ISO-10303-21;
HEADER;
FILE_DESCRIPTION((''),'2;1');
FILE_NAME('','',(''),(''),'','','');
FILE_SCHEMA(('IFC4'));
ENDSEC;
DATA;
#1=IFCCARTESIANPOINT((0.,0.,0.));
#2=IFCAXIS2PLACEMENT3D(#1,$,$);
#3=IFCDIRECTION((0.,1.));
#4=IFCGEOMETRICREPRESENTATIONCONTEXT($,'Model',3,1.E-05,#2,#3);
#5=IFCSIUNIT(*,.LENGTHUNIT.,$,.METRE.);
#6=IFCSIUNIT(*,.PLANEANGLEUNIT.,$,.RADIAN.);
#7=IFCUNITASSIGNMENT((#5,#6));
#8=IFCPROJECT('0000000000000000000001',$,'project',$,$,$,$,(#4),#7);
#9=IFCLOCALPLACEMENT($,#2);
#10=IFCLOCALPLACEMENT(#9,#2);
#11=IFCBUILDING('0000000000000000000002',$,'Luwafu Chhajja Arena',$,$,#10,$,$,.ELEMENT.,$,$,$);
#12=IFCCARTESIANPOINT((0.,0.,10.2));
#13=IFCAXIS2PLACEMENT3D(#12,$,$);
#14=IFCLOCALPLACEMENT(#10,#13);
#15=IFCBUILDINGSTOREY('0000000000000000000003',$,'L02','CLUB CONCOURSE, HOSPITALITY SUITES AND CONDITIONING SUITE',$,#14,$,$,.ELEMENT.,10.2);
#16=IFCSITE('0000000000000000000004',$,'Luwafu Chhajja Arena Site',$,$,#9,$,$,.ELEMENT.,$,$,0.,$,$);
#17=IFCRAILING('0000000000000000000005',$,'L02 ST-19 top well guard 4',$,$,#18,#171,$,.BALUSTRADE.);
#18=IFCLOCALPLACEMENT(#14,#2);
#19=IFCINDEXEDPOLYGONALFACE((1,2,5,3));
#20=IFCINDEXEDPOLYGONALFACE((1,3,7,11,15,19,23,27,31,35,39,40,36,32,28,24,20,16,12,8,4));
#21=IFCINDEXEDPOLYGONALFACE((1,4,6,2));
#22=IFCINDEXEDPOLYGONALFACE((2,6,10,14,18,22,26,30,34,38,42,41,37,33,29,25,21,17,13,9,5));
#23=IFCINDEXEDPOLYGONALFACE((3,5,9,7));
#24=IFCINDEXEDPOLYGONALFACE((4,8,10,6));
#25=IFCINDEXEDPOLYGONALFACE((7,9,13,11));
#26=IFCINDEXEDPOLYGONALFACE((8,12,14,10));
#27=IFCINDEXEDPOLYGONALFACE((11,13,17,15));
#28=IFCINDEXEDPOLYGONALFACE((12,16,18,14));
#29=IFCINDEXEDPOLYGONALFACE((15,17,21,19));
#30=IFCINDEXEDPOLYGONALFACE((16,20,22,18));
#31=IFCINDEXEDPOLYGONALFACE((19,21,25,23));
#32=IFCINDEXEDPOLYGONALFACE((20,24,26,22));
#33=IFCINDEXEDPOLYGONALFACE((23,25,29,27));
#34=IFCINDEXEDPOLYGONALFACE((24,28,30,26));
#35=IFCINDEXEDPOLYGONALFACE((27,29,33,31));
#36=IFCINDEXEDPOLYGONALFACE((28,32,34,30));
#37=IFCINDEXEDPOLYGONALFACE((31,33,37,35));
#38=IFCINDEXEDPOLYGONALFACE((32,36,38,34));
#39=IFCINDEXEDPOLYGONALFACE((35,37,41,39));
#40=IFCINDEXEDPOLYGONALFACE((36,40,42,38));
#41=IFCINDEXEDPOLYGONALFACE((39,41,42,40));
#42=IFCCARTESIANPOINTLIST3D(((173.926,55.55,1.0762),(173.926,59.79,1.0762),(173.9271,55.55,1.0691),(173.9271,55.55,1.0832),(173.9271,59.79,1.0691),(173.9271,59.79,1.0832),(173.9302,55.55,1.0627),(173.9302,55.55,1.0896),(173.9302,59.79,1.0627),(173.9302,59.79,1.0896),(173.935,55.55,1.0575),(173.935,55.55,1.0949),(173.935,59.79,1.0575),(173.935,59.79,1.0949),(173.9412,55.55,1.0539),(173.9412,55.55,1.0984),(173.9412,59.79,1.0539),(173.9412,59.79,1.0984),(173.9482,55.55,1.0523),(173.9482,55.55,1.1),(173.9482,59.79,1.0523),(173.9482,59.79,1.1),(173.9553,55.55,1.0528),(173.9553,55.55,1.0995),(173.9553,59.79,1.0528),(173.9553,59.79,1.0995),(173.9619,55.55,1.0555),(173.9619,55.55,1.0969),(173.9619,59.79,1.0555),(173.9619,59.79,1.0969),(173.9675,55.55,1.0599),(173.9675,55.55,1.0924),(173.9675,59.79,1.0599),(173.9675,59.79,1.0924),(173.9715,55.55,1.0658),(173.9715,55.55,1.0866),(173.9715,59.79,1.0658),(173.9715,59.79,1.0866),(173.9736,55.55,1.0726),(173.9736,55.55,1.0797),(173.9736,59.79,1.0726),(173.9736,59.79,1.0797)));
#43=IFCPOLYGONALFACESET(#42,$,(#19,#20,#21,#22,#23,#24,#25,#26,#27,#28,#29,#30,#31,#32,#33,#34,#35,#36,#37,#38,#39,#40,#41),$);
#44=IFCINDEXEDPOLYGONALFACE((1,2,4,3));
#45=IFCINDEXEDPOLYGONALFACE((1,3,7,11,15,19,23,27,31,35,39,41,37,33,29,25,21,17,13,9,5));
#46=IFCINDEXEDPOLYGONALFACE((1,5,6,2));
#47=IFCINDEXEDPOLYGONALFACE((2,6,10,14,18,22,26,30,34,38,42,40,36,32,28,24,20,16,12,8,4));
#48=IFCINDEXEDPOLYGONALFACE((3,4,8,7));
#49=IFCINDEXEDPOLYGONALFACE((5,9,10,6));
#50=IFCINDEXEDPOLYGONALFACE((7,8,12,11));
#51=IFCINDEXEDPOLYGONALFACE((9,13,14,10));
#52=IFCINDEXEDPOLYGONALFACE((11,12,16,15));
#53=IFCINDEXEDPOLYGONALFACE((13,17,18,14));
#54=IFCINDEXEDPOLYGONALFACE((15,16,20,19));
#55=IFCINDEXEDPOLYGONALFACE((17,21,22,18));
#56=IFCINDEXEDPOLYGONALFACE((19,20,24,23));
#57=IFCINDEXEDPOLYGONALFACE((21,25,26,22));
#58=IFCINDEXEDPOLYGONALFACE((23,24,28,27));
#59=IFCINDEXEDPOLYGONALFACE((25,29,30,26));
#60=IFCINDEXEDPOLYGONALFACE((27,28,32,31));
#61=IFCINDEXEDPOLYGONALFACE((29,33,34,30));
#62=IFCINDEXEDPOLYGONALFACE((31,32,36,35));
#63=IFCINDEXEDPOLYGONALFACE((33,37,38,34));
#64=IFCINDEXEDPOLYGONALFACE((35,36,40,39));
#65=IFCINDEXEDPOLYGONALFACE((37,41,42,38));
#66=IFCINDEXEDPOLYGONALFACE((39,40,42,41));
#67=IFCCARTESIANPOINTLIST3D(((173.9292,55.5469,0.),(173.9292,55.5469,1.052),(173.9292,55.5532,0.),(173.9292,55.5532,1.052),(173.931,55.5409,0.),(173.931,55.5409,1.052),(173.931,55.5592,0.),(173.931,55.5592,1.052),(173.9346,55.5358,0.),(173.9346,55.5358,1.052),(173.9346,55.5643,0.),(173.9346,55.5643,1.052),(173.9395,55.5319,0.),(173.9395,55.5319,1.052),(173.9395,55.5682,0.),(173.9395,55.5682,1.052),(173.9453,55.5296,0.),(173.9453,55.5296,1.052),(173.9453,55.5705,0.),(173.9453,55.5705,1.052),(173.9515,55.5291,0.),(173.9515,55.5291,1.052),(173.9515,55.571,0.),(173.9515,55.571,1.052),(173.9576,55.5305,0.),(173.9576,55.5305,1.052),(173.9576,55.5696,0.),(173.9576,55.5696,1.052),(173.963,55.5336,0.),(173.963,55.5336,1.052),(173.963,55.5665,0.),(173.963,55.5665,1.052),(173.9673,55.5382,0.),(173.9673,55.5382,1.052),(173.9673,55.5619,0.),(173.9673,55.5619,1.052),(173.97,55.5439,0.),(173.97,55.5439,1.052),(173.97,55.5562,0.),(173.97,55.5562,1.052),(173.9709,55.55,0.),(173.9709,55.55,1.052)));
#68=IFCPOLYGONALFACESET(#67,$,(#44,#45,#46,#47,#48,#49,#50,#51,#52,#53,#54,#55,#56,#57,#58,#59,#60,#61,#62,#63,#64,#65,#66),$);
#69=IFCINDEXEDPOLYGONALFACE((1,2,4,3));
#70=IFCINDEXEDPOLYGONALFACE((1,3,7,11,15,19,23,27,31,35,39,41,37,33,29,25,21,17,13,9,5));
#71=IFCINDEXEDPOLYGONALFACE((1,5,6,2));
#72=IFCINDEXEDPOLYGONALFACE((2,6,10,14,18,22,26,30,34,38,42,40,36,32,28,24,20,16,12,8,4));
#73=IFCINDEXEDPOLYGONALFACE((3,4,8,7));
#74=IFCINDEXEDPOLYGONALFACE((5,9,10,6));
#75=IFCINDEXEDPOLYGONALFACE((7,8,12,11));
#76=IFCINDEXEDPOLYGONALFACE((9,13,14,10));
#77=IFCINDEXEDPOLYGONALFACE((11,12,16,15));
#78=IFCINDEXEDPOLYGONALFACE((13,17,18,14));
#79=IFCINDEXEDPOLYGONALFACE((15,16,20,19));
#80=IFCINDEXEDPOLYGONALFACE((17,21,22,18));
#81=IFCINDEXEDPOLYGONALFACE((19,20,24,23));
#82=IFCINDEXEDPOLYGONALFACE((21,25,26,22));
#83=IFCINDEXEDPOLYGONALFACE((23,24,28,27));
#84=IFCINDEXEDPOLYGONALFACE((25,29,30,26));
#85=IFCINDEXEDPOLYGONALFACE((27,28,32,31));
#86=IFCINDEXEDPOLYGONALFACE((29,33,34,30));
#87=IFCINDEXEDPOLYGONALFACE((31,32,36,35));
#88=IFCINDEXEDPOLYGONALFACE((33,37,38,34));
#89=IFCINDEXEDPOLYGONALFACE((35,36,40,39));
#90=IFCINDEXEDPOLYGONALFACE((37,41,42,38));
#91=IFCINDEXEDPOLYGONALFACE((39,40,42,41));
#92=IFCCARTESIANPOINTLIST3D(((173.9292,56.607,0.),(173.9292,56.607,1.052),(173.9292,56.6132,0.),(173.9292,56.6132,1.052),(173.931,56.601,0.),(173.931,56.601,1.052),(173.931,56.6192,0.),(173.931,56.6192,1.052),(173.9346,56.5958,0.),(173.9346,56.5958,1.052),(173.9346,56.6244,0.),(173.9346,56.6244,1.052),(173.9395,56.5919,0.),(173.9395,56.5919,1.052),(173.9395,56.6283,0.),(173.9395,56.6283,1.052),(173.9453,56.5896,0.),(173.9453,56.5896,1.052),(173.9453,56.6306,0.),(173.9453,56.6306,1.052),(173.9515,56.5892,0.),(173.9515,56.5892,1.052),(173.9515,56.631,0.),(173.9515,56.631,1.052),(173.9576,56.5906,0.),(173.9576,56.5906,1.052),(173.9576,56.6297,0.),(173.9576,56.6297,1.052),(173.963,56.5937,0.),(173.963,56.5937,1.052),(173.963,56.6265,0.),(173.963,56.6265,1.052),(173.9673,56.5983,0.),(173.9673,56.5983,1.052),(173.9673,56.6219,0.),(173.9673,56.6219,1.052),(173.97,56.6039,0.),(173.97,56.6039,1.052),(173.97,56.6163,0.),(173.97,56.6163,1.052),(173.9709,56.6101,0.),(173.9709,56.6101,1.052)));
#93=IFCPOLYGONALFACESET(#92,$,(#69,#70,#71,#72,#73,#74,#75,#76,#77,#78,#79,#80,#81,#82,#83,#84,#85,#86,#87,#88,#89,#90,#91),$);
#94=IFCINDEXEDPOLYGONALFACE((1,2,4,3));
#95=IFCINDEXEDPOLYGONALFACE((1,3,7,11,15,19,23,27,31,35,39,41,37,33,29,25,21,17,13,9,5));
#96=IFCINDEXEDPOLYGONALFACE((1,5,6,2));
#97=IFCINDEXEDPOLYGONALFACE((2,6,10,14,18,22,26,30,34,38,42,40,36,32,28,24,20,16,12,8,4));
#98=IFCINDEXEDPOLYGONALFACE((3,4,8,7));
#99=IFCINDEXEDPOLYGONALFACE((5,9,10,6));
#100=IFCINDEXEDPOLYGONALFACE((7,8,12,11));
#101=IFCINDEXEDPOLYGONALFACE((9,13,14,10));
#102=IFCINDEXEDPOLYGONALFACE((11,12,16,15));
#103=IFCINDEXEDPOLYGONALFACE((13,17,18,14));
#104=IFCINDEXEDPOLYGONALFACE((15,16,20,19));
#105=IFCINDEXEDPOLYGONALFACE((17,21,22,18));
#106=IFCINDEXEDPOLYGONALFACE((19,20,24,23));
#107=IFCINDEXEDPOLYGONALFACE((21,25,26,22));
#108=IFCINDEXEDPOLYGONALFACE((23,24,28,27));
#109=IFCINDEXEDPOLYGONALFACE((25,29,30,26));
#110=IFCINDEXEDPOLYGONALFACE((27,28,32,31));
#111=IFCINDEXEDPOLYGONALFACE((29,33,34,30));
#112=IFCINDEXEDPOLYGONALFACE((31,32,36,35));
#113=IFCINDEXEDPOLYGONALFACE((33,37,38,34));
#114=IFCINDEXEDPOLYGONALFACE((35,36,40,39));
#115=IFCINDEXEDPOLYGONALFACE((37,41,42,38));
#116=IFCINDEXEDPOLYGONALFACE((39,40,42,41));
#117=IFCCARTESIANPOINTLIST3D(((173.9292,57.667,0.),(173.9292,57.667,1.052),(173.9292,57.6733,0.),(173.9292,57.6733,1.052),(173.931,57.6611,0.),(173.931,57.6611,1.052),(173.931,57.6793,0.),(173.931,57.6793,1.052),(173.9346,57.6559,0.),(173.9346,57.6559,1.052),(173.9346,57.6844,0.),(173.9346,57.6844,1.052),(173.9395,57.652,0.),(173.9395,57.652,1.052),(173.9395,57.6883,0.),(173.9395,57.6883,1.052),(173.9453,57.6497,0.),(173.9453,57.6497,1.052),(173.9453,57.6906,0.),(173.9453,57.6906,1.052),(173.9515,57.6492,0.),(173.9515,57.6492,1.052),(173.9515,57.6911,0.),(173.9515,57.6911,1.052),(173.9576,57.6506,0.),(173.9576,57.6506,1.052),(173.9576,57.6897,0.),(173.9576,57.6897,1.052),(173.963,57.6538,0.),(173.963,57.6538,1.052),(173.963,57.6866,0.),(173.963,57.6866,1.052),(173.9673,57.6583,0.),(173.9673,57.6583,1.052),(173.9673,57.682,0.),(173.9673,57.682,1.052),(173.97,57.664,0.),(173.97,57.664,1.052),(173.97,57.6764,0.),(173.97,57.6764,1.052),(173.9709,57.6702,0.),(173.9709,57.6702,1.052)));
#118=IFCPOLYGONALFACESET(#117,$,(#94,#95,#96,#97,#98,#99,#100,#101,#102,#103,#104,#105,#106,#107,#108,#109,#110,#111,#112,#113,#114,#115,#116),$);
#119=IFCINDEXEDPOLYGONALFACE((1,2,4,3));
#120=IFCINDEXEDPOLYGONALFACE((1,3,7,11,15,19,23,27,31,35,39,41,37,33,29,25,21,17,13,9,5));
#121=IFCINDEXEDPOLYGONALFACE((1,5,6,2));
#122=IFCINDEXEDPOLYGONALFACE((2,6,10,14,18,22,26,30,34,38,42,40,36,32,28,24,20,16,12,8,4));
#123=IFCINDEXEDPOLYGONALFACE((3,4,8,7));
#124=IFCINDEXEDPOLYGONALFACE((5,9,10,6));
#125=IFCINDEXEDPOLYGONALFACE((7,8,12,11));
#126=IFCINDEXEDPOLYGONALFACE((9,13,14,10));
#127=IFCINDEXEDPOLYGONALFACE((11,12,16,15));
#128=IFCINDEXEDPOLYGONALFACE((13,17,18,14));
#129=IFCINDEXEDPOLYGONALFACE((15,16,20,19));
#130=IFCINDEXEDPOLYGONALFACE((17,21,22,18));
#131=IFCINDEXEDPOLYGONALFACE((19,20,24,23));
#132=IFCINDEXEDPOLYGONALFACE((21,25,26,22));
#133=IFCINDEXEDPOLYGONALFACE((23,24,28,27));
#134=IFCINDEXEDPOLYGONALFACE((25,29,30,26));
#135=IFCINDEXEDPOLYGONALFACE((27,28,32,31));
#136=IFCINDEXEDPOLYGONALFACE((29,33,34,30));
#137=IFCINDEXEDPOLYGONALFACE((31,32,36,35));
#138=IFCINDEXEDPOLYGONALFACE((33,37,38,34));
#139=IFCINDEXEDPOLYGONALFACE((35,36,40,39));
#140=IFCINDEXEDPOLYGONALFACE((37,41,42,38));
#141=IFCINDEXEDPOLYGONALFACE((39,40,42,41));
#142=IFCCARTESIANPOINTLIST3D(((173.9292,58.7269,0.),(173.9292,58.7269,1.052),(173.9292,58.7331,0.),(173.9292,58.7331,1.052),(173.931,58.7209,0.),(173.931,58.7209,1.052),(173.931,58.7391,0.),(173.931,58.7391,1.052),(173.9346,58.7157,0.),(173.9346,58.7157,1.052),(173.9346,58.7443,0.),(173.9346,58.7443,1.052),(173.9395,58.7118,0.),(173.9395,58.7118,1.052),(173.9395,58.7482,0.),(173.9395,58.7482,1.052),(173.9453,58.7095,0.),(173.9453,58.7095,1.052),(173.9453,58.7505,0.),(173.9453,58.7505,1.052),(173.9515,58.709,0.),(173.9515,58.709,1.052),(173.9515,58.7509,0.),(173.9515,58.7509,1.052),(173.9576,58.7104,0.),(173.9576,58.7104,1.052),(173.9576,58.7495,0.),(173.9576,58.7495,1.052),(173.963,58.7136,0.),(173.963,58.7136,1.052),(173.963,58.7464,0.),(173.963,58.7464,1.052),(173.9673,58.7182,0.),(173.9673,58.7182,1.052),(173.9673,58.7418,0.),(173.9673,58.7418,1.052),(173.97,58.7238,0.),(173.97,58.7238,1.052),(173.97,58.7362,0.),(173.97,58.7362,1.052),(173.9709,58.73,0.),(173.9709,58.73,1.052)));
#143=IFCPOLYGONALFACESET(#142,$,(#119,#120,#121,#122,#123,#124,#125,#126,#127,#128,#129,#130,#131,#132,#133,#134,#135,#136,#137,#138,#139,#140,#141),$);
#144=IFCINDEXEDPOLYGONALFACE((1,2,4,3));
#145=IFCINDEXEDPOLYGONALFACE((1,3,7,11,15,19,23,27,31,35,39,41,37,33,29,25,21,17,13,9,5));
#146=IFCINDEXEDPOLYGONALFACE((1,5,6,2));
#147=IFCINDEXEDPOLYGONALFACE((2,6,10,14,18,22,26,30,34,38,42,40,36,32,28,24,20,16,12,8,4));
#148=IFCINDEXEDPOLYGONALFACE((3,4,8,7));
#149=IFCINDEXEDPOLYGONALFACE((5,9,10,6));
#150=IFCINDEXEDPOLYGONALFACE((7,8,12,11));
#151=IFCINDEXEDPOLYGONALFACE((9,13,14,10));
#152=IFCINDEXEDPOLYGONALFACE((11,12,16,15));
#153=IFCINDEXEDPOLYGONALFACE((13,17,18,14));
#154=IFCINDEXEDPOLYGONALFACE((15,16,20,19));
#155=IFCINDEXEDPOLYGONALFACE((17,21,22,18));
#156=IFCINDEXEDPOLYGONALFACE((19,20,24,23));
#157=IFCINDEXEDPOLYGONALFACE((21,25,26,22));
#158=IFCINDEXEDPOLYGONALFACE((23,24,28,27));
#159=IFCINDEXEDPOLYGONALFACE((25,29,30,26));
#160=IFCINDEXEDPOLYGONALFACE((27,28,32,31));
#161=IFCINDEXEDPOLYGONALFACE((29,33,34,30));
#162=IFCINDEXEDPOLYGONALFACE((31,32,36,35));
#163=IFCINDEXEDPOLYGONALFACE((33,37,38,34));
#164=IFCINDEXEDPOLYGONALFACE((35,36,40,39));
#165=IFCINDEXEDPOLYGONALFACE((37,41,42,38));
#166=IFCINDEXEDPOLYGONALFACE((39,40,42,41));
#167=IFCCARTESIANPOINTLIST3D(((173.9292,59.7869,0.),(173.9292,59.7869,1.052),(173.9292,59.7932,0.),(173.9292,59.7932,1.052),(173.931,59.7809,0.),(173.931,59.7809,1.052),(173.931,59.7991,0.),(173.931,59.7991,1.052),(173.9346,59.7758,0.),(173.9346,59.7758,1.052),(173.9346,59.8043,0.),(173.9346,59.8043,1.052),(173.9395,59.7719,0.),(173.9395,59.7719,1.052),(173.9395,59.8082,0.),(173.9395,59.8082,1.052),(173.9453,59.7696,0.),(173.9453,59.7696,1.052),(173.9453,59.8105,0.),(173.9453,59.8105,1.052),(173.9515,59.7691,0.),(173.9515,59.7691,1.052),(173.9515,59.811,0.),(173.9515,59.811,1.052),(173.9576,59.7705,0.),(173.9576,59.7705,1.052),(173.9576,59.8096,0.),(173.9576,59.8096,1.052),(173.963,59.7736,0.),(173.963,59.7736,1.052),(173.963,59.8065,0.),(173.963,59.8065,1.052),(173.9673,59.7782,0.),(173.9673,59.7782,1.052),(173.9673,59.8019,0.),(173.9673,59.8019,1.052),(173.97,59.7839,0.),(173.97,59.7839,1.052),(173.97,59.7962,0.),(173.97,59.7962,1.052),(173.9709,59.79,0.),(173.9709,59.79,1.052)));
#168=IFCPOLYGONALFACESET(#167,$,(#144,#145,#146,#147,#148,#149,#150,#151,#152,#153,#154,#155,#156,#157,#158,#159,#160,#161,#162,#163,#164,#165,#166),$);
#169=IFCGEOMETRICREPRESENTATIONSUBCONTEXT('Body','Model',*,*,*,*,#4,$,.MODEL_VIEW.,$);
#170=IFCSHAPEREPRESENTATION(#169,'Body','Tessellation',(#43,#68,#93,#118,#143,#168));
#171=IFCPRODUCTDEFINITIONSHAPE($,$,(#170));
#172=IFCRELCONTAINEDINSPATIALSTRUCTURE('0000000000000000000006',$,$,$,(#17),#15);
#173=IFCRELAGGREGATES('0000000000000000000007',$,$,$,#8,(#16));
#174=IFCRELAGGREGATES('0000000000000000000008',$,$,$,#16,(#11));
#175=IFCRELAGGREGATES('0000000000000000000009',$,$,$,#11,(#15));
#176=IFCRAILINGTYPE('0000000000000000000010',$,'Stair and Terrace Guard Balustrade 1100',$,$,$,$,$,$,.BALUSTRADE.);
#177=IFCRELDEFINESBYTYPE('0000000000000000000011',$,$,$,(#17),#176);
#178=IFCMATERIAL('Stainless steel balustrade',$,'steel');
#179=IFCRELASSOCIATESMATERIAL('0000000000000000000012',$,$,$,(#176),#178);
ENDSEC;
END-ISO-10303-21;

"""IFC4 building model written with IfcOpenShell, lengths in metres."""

from ifc_helpers import new_model, si_unit, direction, frame, origin, origin_2d, place, context, subcontext, project, spatial, circle, extrude, material, type_object, element, save


model = new_model("IFC4")

# Units and contexts
model_context = context("Model", 3, precision=1e-05, world=origin(), true_north=direction((0.0, 1.0)))
body_context = subcontext(model_context, "Body", "Model", "MODEL_VIEW")
ifc_project = project(units=[si_unit("LENGTHUNIT", "METRE"), si_unit("PLANEANGLEUNIT", "RADIAN")], contexts=[model_context])

# Site, building, storey
site_placement = place(None, origin())
site = spatial("IfcSite", under=ifc_project, at=site_placement, Name="Luwafu Chhajja Arena Site", CompositionType="ELEMENT", RefElevation=0.0)
building_placement = place(site_placement, origin())
building = spatial("IfcBuilding", under=site, at=building_placement, Name="Luwafu Chhajja Arena", CompositionType="ELEMENT")
storey_placement = place(building_placement, frame((0.0, 0.0, 10.2)))
storey = spatial("IfcBuildingStorey", under=building, at=storey_placement, Name="L02", Description="CLUB CONCOURSE, HOSPITALITY SUITES AND CONDITIONING SUITE", CompositionType="ELEMENT", Elevation=10.2)

# Railing
ifc_material_1 = material(Name="Stainless steel balustrade", Category="steel")
railing_type = type_object("IfcRailingType", Name="Stair and Terrace Guard Balustrade 1100", PredefinedType="BALUSTRADE", material=ifc_material_1)
railing_1_placement = place(storey_placement, frame((173.95, 55.55, 0.0)))
element("IfcRailing", 1, at=railing_1_placement, inside=storey, type_object=railing_type, Name="L02 ST-19 top well guard 4", PredefinedType="BALUSTRADE", context=body_context, shape_type="SweptSolid", body=[
    extrude(circle(Radius=0.0239, at=origin_2d()), frame((0.0, 0.0, 1.0762), z_axis=(0.0, 1.0, 0.0), x_axis=(-1.0, 0.0, 0.0)), (0.0, 0.0, 1.0), 4.24),
    extrude(circle(Radius=0.021, at=origin_2d()), origin(), (0.0, 0.0, 1.0), 1.052),
    extrude(circle(Radius=0.021, at=origin_2d()), frame((0.0, 1.0601, 0.0)), (0.0, 0.0, 1.0), 1.052),
    extrude(circle(Radius=0.021, at=origin_2d()), frame((0.0, 2.1201, 0.0)), (0.0, 0.0, 1.0), 1.052),
    extrude(circle(Radius=0.021, at=origin_2d()), frame((0.0, 3.1799, 0.0)), (0.0, 0.0, 1.0), 1.052),
    extrude(circle(Radius=0.021, at=origin_2d()), frame((0.0, 4.24, 0.0)), (0.0, 0.0, 1.0), 1.052),
])

save(model, "model.ifc")
